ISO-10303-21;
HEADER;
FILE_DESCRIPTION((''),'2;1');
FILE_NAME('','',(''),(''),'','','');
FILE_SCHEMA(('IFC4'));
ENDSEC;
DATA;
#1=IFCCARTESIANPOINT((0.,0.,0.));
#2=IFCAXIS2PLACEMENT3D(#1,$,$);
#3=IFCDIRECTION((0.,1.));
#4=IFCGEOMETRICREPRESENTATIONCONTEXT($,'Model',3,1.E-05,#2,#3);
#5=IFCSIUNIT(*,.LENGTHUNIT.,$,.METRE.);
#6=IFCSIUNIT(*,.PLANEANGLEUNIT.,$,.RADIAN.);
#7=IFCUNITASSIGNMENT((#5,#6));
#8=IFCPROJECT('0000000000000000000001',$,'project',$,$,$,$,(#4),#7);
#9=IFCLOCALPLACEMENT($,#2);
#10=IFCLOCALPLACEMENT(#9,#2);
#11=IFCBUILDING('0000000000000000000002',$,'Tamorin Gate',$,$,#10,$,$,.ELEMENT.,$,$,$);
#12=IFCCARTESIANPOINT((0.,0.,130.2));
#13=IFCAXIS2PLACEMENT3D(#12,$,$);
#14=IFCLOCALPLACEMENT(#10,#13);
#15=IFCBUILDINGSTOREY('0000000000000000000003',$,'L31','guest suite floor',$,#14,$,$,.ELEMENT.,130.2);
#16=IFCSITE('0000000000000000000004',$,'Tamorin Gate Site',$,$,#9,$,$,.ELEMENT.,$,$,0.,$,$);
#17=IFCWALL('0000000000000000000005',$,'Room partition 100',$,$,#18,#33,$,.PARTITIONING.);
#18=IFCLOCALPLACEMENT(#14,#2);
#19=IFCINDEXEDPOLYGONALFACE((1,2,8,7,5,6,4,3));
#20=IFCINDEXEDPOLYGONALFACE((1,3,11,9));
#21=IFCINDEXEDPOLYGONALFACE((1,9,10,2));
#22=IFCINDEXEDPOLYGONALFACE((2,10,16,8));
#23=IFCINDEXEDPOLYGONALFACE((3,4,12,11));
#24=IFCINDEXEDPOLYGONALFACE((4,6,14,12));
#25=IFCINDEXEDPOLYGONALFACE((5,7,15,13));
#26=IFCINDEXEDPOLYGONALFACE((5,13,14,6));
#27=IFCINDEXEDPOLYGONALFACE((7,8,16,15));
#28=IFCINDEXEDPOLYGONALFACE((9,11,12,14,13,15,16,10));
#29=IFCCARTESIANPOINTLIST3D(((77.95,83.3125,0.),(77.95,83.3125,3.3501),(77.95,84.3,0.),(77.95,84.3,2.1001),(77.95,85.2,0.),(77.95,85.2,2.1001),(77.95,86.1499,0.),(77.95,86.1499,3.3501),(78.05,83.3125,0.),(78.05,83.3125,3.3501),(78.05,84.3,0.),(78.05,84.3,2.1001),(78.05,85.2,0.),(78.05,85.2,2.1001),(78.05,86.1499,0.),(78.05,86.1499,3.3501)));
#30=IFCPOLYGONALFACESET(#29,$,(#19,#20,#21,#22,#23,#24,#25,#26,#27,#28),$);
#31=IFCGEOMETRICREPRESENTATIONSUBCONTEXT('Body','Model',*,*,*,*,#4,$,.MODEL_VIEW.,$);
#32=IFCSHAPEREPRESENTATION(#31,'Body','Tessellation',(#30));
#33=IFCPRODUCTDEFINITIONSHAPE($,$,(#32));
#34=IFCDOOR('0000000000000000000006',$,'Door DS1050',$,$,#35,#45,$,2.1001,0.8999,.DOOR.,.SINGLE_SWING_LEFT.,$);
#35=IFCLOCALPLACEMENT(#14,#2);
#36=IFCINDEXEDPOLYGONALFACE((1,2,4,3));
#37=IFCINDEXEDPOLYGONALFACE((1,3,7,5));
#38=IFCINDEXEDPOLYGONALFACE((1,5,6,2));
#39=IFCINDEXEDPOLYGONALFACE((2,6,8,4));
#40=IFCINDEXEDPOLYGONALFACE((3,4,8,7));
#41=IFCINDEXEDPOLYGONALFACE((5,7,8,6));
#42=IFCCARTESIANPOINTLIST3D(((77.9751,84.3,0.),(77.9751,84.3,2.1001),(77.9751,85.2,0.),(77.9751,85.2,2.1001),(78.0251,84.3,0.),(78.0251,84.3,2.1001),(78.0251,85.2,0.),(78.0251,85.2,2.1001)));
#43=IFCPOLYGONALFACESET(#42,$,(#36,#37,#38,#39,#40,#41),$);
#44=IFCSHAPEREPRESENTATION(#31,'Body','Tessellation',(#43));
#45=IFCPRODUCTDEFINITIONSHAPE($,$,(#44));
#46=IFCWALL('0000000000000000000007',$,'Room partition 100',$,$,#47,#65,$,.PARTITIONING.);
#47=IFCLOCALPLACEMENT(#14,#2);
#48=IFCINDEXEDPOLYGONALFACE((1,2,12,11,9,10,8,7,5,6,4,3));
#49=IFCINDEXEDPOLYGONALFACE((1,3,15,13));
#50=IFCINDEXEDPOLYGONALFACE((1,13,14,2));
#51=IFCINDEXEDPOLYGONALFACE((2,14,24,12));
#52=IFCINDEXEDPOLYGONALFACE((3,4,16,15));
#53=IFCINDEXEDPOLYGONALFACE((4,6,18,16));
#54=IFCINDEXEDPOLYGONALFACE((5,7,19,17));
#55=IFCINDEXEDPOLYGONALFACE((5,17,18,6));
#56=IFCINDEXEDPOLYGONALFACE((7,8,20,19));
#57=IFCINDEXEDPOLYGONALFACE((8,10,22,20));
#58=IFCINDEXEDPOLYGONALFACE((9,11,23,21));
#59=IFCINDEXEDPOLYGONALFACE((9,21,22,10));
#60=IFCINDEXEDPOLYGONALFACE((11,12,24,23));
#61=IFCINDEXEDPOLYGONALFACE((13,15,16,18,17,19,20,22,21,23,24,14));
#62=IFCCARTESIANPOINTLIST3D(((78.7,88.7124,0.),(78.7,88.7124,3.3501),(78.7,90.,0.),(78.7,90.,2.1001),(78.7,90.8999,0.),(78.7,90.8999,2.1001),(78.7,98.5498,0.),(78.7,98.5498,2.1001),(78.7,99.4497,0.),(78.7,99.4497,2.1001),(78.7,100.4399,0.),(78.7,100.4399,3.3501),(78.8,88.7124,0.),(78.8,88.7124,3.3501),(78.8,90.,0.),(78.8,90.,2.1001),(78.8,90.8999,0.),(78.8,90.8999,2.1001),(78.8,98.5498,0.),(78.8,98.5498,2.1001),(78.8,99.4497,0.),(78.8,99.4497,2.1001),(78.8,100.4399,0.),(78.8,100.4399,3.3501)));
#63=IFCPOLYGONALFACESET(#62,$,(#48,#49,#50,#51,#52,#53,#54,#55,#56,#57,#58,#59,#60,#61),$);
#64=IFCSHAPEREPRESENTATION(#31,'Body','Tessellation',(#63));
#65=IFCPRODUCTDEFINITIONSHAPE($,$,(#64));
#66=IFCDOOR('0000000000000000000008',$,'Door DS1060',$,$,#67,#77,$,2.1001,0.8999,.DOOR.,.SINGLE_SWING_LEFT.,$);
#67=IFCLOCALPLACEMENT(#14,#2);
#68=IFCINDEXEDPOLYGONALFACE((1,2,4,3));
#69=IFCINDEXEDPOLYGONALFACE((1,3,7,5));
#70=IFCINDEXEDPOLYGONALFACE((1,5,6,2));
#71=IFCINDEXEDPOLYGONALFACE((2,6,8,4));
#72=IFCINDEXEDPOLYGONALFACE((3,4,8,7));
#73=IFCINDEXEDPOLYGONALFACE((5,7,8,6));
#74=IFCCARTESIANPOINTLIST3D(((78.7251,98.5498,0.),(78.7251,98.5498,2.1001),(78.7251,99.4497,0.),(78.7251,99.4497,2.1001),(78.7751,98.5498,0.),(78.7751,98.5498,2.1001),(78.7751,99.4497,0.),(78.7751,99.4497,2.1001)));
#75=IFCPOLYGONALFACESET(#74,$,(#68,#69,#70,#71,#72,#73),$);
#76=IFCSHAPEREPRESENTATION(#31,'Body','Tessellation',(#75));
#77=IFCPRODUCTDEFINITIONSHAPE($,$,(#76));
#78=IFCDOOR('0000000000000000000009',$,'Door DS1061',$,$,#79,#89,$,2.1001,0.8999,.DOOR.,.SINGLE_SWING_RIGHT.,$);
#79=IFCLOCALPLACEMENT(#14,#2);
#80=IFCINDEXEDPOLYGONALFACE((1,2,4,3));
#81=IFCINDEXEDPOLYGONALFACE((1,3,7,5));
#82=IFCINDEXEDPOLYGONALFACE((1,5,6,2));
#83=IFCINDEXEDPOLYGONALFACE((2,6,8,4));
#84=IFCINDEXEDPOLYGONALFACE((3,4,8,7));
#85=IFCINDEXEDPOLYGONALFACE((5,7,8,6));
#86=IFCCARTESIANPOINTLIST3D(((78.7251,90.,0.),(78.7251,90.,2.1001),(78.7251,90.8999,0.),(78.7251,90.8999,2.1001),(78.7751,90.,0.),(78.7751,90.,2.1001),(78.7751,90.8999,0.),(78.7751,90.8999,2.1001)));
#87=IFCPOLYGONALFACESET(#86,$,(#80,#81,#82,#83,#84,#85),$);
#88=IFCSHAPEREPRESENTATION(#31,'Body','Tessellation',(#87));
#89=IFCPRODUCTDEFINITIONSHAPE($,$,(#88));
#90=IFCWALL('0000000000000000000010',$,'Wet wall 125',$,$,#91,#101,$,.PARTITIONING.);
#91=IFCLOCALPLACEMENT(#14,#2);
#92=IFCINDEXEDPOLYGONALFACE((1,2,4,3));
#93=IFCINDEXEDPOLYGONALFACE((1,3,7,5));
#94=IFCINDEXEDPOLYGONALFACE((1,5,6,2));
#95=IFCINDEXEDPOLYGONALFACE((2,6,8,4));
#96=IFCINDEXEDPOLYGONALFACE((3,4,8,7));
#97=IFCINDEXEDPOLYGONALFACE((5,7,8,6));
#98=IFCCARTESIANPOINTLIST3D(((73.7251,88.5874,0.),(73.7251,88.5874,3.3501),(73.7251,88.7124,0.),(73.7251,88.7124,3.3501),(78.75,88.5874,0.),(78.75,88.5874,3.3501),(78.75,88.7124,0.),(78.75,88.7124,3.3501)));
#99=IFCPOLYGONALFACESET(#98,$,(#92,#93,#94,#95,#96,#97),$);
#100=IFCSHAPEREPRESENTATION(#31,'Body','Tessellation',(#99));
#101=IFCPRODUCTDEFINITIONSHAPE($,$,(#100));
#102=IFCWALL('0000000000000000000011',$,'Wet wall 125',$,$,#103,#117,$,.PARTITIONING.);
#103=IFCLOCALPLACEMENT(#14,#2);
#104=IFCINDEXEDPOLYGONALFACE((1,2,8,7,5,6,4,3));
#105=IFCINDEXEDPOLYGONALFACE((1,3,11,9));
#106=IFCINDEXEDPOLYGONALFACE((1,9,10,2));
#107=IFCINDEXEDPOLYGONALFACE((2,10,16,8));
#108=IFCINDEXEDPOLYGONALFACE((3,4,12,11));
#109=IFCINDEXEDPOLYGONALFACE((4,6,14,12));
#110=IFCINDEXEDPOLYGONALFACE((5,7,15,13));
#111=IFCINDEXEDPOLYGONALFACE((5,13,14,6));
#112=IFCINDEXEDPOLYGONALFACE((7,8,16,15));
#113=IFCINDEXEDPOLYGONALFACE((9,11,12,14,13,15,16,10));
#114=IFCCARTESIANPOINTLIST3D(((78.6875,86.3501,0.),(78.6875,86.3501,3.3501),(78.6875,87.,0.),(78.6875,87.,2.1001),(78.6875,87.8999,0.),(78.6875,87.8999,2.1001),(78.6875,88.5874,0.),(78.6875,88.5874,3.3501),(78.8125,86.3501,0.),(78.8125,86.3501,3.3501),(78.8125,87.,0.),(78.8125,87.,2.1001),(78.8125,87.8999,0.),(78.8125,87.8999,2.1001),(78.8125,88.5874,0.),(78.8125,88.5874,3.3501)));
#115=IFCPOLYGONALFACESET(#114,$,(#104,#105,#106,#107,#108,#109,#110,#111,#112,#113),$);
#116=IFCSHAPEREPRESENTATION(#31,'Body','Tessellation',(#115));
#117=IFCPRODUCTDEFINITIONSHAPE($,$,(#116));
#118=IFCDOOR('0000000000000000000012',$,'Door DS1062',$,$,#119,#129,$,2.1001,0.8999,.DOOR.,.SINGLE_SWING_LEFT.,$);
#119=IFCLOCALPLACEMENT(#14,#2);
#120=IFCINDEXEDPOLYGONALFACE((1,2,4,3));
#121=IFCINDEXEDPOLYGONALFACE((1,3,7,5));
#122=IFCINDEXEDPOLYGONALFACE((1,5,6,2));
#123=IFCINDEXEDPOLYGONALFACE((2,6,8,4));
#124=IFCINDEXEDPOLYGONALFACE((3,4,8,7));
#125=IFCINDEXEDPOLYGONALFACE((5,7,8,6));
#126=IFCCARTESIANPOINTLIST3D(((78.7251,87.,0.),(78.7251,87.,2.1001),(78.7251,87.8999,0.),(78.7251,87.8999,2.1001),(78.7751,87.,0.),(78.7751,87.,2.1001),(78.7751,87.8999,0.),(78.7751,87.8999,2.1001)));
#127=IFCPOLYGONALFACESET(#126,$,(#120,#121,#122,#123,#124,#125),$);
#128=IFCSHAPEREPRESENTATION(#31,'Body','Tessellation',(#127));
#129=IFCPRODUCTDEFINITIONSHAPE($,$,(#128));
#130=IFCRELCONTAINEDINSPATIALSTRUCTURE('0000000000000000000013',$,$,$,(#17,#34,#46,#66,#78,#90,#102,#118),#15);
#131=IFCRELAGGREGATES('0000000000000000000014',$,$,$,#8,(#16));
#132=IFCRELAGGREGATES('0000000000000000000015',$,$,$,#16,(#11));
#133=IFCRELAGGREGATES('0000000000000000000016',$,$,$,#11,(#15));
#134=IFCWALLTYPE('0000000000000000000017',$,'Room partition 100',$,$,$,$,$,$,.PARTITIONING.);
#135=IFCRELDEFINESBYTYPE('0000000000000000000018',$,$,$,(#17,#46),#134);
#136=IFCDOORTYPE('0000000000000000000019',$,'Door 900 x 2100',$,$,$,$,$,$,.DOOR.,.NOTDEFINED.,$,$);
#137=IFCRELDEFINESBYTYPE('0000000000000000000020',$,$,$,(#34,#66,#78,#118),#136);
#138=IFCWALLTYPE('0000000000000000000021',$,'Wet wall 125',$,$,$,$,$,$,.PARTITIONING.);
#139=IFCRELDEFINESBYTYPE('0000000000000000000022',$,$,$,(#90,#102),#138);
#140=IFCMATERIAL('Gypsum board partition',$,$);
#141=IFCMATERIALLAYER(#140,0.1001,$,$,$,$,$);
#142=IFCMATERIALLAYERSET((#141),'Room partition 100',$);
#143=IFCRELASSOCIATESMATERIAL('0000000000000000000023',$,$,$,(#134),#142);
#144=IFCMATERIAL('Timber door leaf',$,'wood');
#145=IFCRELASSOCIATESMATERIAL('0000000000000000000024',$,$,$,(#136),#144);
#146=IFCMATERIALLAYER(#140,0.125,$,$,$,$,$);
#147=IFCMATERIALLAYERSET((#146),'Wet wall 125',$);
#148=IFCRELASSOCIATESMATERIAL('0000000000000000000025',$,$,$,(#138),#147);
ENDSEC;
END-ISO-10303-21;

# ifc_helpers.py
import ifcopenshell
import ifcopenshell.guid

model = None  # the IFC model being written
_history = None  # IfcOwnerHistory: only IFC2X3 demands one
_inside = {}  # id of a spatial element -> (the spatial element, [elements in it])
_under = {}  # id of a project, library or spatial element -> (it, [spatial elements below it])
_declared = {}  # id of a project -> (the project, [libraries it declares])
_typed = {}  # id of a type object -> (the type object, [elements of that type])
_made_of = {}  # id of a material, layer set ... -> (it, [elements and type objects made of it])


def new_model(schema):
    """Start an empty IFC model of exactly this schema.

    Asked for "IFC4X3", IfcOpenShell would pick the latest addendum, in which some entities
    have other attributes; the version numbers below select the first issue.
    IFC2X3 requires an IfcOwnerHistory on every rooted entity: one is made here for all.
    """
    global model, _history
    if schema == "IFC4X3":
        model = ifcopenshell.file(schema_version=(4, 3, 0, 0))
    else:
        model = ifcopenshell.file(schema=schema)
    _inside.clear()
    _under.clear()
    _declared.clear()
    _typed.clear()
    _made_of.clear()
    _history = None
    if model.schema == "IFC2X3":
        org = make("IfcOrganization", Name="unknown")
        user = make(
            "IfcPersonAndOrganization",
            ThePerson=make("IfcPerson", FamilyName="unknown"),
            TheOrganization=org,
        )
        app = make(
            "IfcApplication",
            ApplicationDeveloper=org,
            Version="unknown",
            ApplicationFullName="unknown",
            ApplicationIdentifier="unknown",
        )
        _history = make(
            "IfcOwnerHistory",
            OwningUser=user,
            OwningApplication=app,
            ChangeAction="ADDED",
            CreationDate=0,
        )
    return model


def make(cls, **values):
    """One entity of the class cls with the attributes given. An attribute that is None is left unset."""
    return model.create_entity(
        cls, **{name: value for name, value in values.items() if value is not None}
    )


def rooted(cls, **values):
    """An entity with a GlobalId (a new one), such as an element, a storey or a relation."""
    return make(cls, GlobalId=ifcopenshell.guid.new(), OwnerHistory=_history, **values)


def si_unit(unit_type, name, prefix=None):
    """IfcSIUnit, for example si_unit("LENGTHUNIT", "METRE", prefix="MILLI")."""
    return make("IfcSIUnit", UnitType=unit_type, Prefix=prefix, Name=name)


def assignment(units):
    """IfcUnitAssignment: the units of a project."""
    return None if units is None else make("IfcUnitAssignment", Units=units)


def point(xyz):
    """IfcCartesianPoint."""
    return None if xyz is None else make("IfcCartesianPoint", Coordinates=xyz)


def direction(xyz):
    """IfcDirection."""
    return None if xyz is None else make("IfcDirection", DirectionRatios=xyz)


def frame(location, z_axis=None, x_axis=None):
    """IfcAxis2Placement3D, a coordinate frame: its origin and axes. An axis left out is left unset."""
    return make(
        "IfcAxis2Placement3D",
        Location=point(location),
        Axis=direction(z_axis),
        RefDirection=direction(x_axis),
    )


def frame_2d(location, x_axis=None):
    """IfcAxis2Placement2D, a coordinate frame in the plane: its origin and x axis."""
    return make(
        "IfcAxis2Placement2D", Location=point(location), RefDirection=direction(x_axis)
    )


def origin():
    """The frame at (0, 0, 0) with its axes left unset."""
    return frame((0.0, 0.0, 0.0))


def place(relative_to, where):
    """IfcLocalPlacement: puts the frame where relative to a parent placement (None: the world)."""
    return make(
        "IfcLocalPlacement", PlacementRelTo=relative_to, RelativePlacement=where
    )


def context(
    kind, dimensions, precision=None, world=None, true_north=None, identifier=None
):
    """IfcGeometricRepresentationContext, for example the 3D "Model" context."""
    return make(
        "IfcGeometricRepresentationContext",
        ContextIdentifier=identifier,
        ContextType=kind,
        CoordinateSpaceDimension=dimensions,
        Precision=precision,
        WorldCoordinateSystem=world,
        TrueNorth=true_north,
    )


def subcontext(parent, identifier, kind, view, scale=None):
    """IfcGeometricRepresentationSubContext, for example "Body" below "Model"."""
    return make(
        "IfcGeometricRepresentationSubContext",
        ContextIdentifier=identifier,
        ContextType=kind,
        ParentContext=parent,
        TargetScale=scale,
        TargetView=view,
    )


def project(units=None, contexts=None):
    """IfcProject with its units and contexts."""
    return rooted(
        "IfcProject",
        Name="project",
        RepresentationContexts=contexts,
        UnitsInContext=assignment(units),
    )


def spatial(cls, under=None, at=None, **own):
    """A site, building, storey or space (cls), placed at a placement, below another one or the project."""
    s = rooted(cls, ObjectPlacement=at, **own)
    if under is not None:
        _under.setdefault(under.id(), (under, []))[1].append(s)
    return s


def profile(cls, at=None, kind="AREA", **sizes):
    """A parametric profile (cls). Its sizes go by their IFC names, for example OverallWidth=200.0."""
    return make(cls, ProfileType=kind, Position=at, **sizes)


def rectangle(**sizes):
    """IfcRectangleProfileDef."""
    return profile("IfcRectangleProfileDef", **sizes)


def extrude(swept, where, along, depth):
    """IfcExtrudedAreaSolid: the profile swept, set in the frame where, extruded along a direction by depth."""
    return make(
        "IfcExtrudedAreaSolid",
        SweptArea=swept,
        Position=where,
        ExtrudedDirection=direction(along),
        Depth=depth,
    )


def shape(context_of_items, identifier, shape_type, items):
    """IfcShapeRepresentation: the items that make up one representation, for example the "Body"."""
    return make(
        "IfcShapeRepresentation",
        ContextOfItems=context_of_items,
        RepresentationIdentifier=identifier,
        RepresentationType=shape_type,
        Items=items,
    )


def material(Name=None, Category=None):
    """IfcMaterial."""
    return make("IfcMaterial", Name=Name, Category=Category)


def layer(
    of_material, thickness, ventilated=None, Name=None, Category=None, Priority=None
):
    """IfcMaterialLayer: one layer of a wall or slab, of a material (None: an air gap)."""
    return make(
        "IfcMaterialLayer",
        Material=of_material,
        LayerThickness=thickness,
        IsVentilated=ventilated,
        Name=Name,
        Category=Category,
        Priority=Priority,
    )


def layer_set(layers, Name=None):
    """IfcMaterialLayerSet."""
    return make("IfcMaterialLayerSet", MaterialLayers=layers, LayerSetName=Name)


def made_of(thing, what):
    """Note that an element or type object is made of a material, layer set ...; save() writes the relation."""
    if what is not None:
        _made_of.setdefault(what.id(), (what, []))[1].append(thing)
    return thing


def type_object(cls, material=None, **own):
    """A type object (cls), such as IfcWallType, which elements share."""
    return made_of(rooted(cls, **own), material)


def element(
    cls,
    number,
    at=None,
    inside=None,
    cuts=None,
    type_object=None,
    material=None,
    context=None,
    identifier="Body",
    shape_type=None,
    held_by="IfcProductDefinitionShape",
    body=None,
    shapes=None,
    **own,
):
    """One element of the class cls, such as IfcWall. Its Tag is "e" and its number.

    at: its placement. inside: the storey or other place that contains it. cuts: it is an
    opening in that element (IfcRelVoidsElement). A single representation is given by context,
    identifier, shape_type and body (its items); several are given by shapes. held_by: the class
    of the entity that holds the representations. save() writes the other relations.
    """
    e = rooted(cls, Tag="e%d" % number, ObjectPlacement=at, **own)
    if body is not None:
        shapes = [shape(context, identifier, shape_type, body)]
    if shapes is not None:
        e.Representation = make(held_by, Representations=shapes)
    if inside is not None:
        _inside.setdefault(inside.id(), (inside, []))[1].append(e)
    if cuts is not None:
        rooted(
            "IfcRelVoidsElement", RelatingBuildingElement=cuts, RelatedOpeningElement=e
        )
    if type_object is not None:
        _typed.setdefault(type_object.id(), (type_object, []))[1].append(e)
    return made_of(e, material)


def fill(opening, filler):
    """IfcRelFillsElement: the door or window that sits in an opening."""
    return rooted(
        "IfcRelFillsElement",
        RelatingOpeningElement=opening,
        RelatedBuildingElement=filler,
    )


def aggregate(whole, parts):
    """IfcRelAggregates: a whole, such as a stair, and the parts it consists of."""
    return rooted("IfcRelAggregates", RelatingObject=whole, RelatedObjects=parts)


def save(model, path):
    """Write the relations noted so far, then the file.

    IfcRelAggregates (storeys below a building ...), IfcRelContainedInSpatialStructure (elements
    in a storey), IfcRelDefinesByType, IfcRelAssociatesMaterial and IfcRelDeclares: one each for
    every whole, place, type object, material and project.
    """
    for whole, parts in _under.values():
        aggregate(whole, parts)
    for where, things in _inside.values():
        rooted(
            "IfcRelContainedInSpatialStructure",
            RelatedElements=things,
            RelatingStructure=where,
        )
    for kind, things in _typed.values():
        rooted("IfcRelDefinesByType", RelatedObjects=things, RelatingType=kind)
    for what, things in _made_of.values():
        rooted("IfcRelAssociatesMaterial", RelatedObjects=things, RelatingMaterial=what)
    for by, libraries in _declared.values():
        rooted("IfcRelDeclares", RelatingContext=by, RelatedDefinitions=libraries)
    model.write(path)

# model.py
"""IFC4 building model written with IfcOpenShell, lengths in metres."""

from ifc_helpers import new_model, si_unit, direction, frame, frame_2d, origin, place, context, subcontext, project, spatial, rectangle, extrude, material, layer, layer_set, type_object, element, fill, save


model = new_model("IFC4")

# Units and contexts
model_context = context("Model", 3, precision=1e-05, world=origin(), true_north=direction((0.0, 1.0)))
body_context = subcontext(model_context, "Body", "Model", "MODEL_VIEW")
ifc_project = project(units=[si_unit("LENGTHUNIT", "METRE"), si_unit("PLANEANGLEUNIT", "RADIAN")], contexts=[model_context])

# Site, building, storey
site_placement = place(None, origin())
site = spatial("IfcSite", under=ifc_project, at=site_placement, Name="Tamorin Gate Site", CompositionType="ELEMENT", RefElevation=0.0)
building_placement = place(site_placement, origin())
building = spatial("IfcBuilding", under=site, at=building_placement, Name="Tamorin Gate", CompositionType="ELEMENT")
storey_placement = place(building_placement, frame((0.0, 0.0, 130.2)))
storey = spatial("IfcBuildingStorey", under=building, at=storey_placement, Name="L31", Description="guest suite floor", CompositionType="ELEMENT", Elevation=130.2)

# Shared definitions
ifc_material_1 = material(Name="Gypsum board partition")

# Wall, opening, door
ifc_layer_1 = layer(ifc_material_1, 0.1001)
ifc_layer_set_1 = layer_set([ifc_layer_1], Name="Room partition 100")
wall_type_1 = type_object("IfcWallType", Name="Room partition 100", PredefinedType="PARTITIONING", material=ifc_layer_set_1)
wall_1_placement = place(storey_placement, frame((78.0, 83.3125, 0.0), z_axis=(0.0, 0.0, 1.0), x_axis=(0.0, 1.0, 0.0)))
wall_1 = element("IfcWall", 1, at=wall_1_placement, inside=storey, type_object=wall_type_1, Name="Room partition 100", PredefinedType="PARTITIONING", context=body_context, shape_type="SweptSolid", body=[
    extrude(rectangle(XDim=2.8374, YDim=0.1001, at=frame_2d((1.4187, 0.0))), origin(), (0.0, 0.0, 1.0), 3.3501),
])
opening_1_placement = place(wall_1_placement, frame((0.9875, 0.0, 0.0)))
opening_1 = element("IfcOpeningElement", 2, at=opening_1_placement, cuts=wall_1, PredefinedType="OPENING", context=body_context, shape_type="SweptSolid", body=[
    extrude(rectangle(XDim=0.8999, YDim=2.1001, at=frame_2d((0.45, 1.05))), frame((0.0, 0.0601, 0.0), z_axis=(0.0, -1.0, 0.0), x_axis=(1.0, 0.0, 0.0)), (0.0, 0.0, 1.0), 0.1201),
])
ifc_material_2 = material(Name="Timber door leaf", Category="wood")
door_type = type_object("IfcDoorType", Name="Door 900 x 2100", OperationType="NOTDEFINED", PredefinedType="DOOR", material=ifc_material_2)
door_1_placement = place(opening_1_placement, origin())
door_1 = element("IfcDoor", 3, at=door_1_placement, inside=storey, type_object=door_type, Name="Door DS1050", OperationType="SINGLE_SWING_LEFT", OverallHeight=2.1001, OverallWidth=0.8999, PredefinedType="DOOR", context=body_context, shape_type="SweptSolid", body=[
    extrude(rectangle(XDim=0.8999, YDim=2.1001, at=frame_2d((0.45, 1.05))), frame((0.0, 0.0249, 0.0), z_axis=(0.0, -1.0, 0.0), x_axis=(1.0, 0.0, 0.0)), (0.0, 0.0, 1.0), 0.05),
])
fill(opening_1, door_1)

# Wall, openings, doors
wall_2_placement = place(storey_placement, frame((78.75, 88.7124, 0.0), z_axis=(0.0, 0.0, 1.0), x_axis=(0.0, 1.0, 0.0)))
wall_2 = element("IfcWall", 4, at=wall_2_placement, inside=storey, type_object=wall_type_1, Name="Room partition 100", PredefinedType="PARTITIONING", context=body_context, shape_type="SweptSolid", body=[
    extrude(rectangle(XDim=11.7275, YDim=0.1001, at=frame_2d((5.8638, 0.0))), origin(), (0.0, 0.0, 1.0), 3.3501),
])
opening_2_placement = place(wall_2_placement, frame((9.8374, 0.0, 0.0)))
opening_2 = element("IfcOpeningElement", 5, at=opening_2_placement, cuts=wall_2, PredefinedType="OPENING", context=body_context, shape_type="SweptSolid", body=[
    extrude(rectangle(XDim=0.8999, YDim=2.1001, at=frame_2d((0.45, 1.05))), frame((0.0, 0.0601, 0.0), z_axis=(0.0, -1.0, 0.0), x_axis=(1.0, 0.0, 0.0)), (0.0, 0.0, 1.0), 0.1201),
])
opening_3_placement = place(wall_2_placement, frame((1.2876, 0.0, 0.0)))
opening_3 = element("IfcOpeningElement", 6, at=opening_3_placement, cuts=wall_2, PredefinedType="OPENING", context=body_context, shape_type="SweptSolid", body=[
    extrude(rectangle(XDim=0.8999, YDim=2.1001, at=frame_2d((0.45, 1.05))), frame((0.0, 0.0601, 0.0), z_axis=(0.0, -1.0, 0.0), x_axis=(1.0, 0.0, 0.0)), (0.0, 0.0, 1.0), 0.1201),
])
door_2_placement = place(opening_2_placement, origin())
door_2 = element("IfcDoor", 7, at=door_2_placement, inside=storey, type_object=door_type, Name="Door DS1060", OperationType="SINGLE_SWING_LEFT", OverallHeight=2.1001, OverallWidth=0.8999, PredefinedType="DOOR", context=body_context, shape_type="SweptSolid", body=[
    extrude(rectangle(XDim=0.8999, YDim=2.1001, at=frame_2d((0.45, 1.05))), frame((0.0, 0.0249, 0.0), z_axis=(0.0, -1.0, 0.0), x_axis=(1.0, 0.0, 0.0)), (0.0, 0.0, 1.0), 0.05),
])
fill(opening_2, door_2)
door_3_placement = place(opening_3_placement, origin())
door_3 = element("IfcDoor", 8, at=door_3_placement, inside=storey, type_object=door_type, Name="Door DS1061", OperationType="SINGLE_SWING_RIGHT", OverallHeight=2.1001, OverallWidth=0.8999, PredefinedType="DOOR", context=body_context, shape_type="SweptSolid", body=[
    extrude(rectangle(XDim=0.8999, YDim=2.1001, at=frame_2d((0.45, 1.05))), frame((0.0, 0.0249, 0.0), z_axis=(0.0, -1.0, 0.0), x_axis=(1.0, 0.0, 0.0)), (0.0, 0.0, 1.0), 0.05),
])
fill(opening_3, door_3)

# Wall
ifc_layer_2 = layer(ifc_material_1, 0.125)
ifc_layer_set_2 = layer_set([ifc_layer_2], Name="Wet wall 125")
wall_type_2 = type_object("IfcWallType", Name="Wet wall 125", PredefinedType="PARTITIONING", material=ifc_layer_set_2)
wall_3_placement = place(storey_placement, frame((73.7251, 88.6499, 0.0), z_axis=(0.0, 0.0, 1.0), x_axis=(1.0, 0.0, 0.0)))
element("IfcWall", 9, at=wall_3_placement, inside=storey, type_object=wall_type_2, Name="Wet wall 125", PredefinedType="PARTITIONING", context=body_context, shape_type="SweptSolid", body=[
    extrude(rectangle(XDim=5.0249, YDim=0.125, at=frame_2d((2.5125, 0.0))), origin(), (0.0, 0.0, 1.0), 3.3501),
])

# Wall, opening, door
wall_4_placement = place(storey_placement, frame((78.75, 86.3501, 0.0), z_axis=(0.0, 0.0, 1.0), x_axis=(0.0, 1.0, 0.0)))
wall_4 = element("IfcWall", 10, at=wall_4_placement, inside=storey, type_object=wall_type_2, Name="Wet wall 125", PredefinedType="PARTITIONING", context=body_context, shape_type="SweptSolid", body=[
    extrude(rectangle(XDim=2.2373, YDim=0.125, at=frame_2d((1.1187, 0.0))), origin(), (0.0, 0.0, 1.0), 3.3501),
])
opening_4_placement = place(wall_4_placement, frame((0.6499, 0.0, 0.0)))
opening_4 = element("IfcOpeningElement", 11, at=opening_4_placement, cuts=wall_4, PredefinedType="OPENING", context=body_context, shape_type="SweptSolid", body=[
    extrude(rectangle(XDim=0.8999, YDim=2.1001, at=frame_2d((0.45, 1.05))), frame((0.0, 0.0725, 0.0), z_axis=(0.0, -1.0, 0.0), x_axis=(1.0, 0.0, 0.0)), (0.0, 0.0, 1.0), 0.145),
])
door_4_placement = place(opening_4_placement, origin())
door_4 = element("IfcDoor", 12, at=door_4_placement, inside=storey, type_object=door_type, Name="Door DS1062", OperationType="SINGLE_SWING_LEFT", OverallHeight=2.1001, OverallWidth=0.8999, PredefinedType="DOOR", context=body_context, shape_type="SweptSolid", body=[
    extrude(rectangle(XDim=0.8999, YDim=2.1001, at=frame_2d((0.45, 1.05))), frame((0.0, 0.0249, 0.0), z_axis=(0.0, -1.0, 0.0), x_axis=(1.0, 0.0, 0.0)), (0.0, 0.0, 1.0), 0.05),
])
fill(opening_4, door_4)

save(model, "model.ifc")
